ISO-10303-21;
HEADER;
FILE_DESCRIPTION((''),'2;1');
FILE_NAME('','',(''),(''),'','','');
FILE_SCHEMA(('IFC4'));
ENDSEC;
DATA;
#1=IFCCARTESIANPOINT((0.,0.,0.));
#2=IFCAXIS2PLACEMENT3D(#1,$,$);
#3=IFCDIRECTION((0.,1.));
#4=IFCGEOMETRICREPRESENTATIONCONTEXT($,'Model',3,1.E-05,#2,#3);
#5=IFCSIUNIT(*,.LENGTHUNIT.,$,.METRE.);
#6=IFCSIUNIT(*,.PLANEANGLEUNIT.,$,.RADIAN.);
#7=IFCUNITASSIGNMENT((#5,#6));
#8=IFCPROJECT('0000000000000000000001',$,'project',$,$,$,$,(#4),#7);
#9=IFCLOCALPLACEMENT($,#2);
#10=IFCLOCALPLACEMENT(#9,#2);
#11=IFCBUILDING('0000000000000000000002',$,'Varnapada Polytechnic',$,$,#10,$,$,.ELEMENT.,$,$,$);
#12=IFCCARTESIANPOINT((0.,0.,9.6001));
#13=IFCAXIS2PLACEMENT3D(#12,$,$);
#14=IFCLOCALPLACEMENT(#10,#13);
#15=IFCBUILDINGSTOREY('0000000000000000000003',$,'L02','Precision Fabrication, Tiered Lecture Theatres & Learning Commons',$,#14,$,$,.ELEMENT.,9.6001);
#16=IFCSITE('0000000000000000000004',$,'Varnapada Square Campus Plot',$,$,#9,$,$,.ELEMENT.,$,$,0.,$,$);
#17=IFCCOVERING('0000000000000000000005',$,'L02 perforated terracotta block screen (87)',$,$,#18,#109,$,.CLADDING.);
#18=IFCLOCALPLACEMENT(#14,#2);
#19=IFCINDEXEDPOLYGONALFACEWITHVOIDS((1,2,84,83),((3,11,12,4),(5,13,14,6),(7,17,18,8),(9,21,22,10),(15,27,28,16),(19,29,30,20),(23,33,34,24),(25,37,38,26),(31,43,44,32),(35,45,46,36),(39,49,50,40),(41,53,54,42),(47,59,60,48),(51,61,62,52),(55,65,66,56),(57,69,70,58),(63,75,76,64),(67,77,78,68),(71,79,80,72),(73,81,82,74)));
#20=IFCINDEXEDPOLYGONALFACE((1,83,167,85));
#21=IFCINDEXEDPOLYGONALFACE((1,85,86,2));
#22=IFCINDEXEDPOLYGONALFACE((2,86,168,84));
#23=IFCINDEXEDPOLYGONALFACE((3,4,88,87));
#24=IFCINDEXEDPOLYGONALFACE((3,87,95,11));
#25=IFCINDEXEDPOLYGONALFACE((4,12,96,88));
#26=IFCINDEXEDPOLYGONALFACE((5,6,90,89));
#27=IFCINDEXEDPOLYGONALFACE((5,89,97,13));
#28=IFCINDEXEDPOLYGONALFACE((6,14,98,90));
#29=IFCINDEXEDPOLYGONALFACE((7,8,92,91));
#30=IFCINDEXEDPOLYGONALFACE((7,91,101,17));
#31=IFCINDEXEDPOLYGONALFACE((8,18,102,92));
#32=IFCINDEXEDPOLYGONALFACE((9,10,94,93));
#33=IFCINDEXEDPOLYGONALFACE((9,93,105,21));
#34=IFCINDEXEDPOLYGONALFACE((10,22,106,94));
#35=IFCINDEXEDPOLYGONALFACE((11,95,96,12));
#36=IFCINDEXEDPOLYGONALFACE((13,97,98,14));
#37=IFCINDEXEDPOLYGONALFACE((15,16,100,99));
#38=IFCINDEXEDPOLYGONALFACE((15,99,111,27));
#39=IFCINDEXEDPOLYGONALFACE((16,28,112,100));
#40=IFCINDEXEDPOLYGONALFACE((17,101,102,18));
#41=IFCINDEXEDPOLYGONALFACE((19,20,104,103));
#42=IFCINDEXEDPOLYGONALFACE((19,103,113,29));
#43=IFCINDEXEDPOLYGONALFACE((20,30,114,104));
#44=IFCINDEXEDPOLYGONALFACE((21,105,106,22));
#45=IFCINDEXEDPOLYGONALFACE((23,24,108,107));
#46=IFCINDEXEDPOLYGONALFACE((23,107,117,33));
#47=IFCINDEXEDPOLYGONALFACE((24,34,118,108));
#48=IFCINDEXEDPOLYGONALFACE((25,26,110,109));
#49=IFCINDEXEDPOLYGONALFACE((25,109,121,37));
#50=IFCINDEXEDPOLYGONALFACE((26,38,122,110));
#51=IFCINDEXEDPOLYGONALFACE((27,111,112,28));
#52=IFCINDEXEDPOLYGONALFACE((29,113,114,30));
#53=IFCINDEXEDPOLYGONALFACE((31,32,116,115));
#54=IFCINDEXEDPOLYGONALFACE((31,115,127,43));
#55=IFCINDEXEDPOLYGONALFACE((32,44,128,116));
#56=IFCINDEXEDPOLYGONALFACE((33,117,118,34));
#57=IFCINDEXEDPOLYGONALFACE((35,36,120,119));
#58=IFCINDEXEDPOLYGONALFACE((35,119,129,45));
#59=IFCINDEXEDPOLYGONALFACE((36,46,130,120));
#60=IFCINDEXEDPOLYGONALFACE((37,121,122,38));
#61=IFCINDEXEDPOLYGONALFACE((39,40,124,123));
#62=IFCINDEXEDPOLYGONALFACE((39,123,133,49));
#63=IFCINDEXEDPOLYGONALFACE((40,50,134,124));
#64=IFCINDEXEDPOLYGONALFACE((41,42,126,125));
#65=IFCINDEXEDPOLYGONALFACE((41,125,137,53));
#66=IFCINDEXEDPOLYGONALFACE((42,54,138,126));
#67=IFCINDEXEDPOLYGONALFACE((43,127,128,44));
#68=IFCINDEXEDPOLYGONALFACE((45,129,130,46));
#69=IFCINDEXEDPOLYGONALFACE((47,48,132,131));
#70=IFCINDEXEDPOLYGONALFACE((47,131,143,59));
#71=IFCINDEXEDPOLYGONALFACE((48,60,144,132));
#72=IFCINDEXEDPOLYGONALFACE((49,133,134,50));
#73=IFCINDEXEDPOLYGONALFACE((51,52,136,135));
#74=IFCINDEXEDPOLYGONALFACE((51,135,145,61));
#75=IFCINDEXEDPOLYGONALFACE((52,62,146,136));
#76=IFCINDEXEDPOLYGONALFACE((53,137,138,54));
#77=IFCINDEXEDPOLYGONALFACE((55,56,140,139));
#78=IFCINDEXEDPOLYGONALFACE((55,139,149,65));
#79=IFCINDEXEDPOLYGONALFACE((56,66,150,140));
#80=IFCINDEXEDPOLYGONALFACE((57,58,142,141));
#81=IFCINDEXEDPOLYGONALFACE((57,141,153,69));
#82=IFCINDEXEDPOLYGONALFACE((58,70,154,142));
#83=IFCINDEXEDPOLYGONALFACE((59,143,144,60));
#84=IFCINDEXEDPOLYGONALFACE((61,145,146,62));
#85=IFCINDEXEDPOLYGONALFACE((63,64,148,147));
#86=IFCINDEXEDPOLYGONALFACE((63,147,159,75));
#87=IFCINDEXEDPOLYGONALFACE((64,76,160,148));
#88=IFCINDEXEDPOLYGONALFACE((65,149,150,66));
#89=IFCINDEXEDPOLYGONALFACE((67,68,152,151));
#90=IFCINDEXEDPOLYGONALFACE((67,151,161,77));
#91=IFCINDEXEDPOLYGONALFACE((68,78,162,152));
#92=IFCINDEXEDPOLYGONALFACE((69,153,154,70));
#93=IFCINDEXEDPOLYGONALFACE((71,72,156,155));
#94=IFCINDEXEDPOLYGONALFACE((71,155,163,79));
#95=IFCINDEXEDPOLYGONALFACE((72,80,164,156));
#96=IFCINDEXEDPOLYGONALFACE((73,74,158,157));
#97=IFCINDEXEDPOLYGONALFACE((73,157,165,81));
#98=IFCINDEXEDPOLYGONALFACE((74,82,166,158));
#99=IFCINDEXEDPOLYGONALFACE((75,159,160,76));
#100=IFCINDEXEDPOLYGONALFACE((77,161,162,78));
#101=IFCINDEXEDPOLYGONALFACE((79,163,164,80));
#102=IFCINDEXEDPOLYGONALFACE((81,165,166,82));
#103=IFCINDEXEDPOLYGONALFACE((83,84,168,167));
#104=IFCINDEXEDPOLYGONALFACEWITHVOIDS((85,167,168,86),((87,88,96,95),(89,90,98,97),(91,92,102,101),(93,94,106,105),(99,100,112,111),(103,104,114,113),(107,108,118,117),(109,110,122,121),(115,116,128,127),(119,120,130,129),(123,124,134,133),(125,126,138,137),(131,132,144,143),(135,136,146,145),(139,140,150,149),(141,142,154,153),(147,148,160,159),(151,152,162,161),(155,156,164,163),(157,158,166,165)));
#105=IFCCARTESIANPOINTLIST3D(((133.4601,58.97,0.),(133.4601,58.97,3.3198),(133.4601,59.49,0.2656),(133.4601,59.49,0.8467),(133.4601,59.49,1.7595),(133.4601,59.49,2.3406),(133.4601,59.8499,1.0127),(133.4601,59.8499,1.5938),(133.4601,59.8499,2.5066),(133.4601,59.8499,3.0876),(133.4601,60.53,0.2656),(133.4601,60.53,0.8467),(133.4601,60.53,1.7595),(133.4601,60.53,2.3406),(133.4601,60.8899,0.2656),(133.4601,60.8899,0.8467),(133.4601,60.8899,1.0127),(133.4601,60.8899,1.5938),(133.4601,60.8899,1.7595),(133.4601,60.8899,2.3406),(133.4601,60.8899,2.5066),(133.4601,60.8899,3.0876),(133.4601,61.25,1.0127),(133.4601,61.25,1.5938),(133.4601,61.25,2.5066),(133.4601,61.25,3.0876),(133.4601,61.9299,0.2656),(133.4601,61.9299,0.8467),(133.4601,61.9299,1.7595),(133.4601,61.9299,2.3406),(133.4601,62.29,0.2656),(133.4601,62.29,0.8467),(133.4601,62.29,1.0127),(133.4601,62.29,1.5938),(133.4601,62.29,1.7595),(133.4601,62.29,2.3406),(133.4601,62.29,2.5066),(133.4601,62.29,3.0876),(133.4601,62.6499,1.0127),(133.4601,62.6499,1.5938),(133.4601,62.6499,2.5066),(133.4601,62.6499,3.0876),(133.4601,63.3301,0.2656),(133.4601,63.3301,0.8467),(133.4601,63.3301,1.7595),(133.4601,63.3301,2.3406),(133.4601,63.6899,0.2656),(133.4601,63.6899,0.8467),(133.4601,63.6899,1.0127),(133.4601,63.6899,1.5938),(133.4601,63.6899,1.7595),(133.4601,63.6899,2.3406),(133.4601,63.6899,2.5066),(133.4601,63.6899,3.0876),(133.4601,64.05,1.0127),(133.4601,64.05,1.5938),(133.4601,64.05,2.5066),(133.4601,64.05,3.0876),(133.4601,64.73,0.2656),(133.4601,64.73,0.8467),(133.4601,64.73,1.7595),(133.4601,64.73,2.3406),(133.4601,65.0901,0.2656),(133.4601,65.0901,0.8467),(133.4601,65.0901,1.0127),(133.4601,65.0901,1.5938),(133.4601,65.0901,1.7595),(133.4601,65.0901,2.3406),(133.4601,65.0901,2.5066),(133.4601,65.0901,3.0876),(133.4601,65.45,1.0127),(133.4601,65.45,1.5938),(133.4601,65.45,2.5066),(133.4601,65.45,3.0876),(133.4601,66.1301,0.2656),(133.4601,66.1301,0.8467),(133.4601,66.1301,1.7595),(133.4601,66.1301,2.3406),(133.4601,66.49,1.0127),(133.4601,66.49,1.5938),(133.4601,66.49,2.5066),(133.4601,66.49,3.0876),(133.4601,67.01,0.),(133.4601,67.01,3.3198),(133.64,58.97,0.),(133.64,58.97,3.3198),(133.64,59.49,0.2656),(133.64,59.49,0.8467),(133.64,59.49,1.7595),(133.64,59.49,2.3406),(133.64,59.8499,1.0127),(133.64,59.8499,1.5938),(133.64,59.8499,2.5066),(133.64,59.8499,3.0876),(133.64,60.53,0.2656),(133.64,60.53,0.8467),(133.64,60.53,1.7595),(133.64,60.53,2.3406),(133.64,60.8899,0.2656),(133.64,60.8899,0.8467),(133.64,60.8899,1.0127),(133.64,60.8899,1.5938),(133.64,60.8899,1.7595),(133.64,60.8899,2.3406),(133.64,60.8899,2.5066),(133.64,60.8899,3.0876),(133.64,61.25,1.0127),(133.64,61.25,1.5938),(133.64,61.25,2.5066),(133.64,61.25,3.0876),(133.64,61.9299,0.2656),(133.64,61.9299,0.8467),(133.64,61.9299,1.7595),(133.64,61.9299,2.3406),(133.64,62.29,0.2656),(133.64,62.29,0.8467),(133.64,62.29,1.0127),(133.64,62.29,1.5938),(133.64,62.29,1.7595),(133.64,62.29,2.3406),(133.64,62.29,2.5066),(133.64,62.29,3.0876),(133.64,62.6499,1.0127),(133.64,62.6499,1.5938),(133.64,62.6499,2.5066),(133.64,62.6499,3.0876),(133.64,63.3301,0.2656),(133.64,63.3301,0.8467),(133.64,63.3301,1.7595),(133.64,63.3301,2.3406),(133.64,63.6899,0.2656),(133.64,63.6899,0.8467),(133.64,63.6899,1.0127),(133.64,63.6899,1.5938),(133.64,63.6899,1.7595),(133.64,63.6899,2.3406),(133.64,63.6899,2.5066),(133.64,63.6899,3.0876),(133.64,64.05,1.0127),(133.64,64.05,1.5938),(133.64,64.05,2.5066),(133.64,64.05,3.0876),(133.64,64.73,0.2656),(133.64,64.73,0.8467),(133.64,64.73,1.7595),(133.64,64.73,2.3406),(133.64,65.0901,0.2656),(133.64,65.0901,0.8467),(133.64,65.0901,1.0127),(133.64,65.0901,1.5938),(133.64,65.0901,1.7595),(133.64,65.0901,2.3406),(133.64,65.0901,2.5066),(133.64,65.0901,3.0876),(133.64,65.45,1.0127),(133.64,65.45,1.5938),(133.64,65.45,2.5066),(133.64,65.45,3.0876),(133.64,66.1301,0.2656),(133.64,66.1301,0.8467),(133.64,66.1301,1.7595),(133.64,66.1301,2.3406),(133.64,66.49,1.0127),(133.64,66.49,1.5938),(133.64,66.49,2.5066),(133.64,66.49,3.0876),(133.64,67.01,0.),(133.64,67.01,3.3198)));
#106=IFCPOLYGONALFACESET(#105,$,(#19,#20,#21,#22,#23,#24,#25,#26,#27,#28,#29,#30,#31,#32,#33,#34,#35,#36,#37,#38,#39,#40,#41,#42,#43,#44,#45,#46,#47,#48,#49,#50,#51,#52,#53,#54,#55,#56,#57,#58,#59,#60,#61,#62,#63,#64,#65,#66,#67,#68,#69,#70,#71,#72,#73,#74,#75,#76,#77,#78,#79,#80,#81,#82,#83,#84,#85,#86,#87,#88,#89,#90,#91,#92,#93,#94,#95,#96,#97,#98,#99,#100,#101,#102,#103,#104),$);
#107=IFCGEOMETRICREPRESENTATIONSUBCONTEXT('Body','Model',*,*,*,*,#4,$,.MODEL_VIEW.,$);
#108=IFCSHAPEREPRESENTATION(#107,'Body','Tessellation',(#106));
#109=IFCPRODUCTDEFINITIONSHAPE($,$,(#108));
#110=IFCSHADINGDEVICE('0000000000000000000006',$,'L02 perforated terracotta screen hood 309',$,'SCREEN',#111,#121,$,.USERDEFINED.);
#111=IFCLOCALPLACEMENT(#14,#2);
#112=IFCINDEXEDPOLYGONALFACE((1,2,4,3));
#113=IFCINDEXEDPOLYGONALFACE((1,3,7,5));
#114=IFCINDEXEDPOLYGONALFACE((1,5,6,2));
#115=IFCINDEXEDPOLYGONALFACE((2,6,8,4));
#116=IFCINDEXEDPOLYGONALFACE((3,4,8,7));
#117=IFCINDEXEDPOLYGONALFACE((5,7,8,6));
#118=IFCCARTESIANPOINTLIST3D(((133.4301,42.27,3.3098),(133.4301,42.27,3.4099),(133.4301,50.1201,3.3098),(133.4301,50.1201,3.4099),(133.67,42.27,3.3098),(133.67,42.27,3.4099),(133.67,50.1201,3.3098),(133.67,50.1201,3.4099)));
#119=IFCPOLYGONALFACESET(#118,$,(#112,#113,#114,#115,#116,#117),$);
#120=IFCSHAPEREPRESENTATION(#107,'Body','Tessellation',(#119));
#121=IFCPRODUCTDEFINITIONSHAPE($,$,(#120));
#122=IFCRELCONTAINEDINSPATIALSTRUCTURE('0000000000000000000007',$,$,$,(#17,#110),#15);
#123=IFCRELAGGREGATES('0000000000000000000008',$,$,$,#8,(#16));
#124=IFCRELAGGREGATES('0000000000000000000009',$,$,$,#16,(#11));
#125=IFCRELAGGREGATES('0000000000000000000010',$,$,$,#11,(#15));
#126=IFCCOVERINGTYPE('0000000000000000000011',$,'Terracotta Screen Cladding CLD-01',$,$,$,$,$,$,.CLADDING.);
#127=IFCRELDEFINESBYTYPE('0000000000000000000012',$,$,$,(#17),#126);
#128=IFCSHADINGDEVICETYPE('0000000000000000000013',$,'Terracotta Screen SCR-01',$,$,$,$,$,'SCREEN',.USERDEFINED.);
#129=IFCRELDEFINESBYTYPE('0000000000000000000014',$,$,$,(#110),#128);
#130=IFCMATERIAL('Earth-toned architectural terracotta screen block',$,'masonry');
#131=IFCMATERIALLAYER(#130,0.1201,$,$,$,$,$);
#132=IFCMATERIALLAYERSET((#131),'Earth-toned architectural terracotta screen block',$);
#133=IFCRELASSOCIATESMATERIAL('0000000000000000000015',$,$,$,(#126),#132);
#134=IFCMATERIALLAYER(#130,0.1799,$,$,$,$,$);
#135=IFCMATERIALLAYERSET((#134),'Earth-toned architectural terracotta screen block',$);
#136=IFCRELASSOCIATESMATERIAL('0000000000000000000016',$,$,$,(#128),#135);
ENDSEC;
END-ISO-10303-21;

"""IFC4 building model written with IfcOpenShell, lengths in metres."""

from ifc_helpers import new_model, si_unit, direction, frame, frame_2d, origin, origin_2d, place, context, subcontext, project, spatial, rectangle, extrude, material, layer, layer_set, type_object, element, save


model = new_model("IFC4")

# Units and contexts
model_context = context("Model", 3, precision=1e-05, world=origin(), true_north=direction((0.0, 1.0)))
body_context = subcontext(model_context, "Body", "Model", "MODEL_VIEW")
ifc_project = project(units=[si_unit("LENGTHUNIT", "METRE"), si_unit("PLANEANGLEUNIT", "RADIAN")], contexts=[model_context])

# Site, building, storey
site_placement = place(None, origin())
site = spatial("IfcSite", under=ifc_project, at=site_placement, Name="Varnapada Square Campus Plot", CompositionType="ELEMENT", RefElevation=0.0)
building_placement = place(site_placement, origin())
building = spatial("IfcBuilding", under=site, at=building_placement, Name="Varnapada Polytechnic", CompositionType="ELEMENT")
storey_placement = place(building_placement, frame((0.0, 0.0, 9.6001)))
storey = spatial("IfcBuildingStorey", under=building, at=storey_placement, Name="L02", Description="Precision Fabrication, Tiered Lecture Theatres & Learning Commons", CompositionType="ELEMENT", Elevation=9.6001)

# Covering, openings
ifc_material_1 = material(Name="Earth-toned architectural terracotta screen block", Category="masonry")
ifc_layer_1 = layer(ifc_material_1, 0.1201)
ifc_layer_set_1 = layer_set([ifc_layer_1], Name="Earth-toned architectural terracotta screen block")
covering_type = type_object("IfcCoveringType", Name="Terracotta Screen Cladding CLD-01", PredefinedType="CLADDING", material=ifc_layer_set_1)
covering_placement = place(storey_placement, frame((133.55, 58.97, 0.0), z_axis=(0.0, 0.0, 1.0), x_axis=(0.0, 1.0, 0.0)))
covering = element("IfcCovering", 1, at=covering_placement, inside=storey, type_object=covering_type, Name="L02 perforated terracotta block screen (87)", PredefinedType="CLADDING", context=body_context, shape_type="SweptSolid", body=[
    extrude(rectangle(XDim=8.04, YDim=0.1799, at=frame_2d((4.02, 0.0))), origin(), (0.0, 0.0, 1.0), 3.3198),
])
opening_1_placement = place(covering_placement, frame((0.52, 0.0, 0.2656)))
element("IfcOpeningElement", 2, at=opening_1_placement, cuts=covering, PredefinedType="OPENING", context=body_context, shape_type="SweptSolid", body=[
    extrude(rectangle(XDim=1.04, YDim=0.5811, at=frame_2d((0.52, 0.2905))), frame((0.0, 0.0999, 0.0), z_axis=(0.0, -1.0, 0.0), x_axis=(1.0, 0.0, 0.0)), (0.0, 0.0, 1.0), 0.2),
])
opening_2_placement = place(covering_placement, frame((1.9199, 0.0, 0.2656)))
element("IfcOpeningElement", 3, at=opening_2_placement, cuts=covering, PredefinedType="OPENING", context=body_context, shape_type="SweptSolid", body=[
    extrude(rectangle(XDim=1.04, YDim=0.5811, at=frame_2d((0.52, 0.2905))), frame((0.0, 0.0999, 0.0), z_axis=(0.0, -1.0, 0.0), x_axis=(1.0, 0.0, 0.0)), (0.0, 0.0, 1.0), 0.2),
])
opening_3_placement = place(covering_placement, frame((3.3201, 0.0, 0.2656)))
element("IfcOpeningElement", 4, at=opening_3_placement, cuts=covering, PredefinedType="OPENING", context=body_context, shape_type="SweptSolid", body=[
    extrude(rectangle(XDim=1.04, YDim=0.5811, at=frame_2d((0.52, 0.2905))), frame((0.0, 0.0999, 0.0), z_axis=(0.0, -1.0, 0.0), x_axis=(1.0, 0.0, 0.0)), (0.0, 0.0, 1.0), 0.2),
])
opening_4_placement = place(covering_placement, frame((4.72, 0.0, 0.2656)))
element("IfcOpeningElement", 5, at=opening_4_placement, cuts=covering, PredefinedType="OPENING", context=body_context, shape_type="SweptSolid", body=[
    extrude(rectangle(XDim=1.04, YDim=0.5811, at=frame_2d((0.52, 0.2905))), frame((0.0, 0.0999, 0.0), z_axis=(0.0, -1.0, 0.0), x_axis=(1.0, 0.0, 0.0)), (0.0, 0.0, 1.0), 0.2),
])
opening_5_placement = place(covering_placement, frame((6.1201, 0.0, 0.2656)))
element("IfcOpeningElement", 6, at=opening_5_placement, cuts=covering, PredefinedType="OPENING", context=body_context, shape_type="SweptSolid", body=[
    extrude(rectangle(XDim=1.04, YDim=0.5811, at=frame_2d((0.52, 0.2905))), frame((0.0, 0.0999, 0.0), z_axis=(0.0, -1.0, 0.0), x_axis=(1.0, 0.0, 0.0)), (0.0, 0.0, 1.0), 0.2),
])
opening_6_placement = place(covering_placement, frame((0.8799, 0.0, 1.0127)))
element("IfcOpeningElement", 7, at=opening_6_placement, cuts=covering, PredefinedType="OPENING", context=body_context, shape_type="SweptSolid", body=[
    extrude(rectangle(XDim=1.04, YDim=0.5811, at=frame_2d((0.52, 0.2905))), frame((0.0, 0.0999, 0.0), z_axis=(0.0, -1.0, 0.0), x_axis=(1.0, 0.0, 0.0)), (0.0, 0.0, 1.0), 0.2),
])
opening_7_placement = place(covering_placement, frame((2.28, 0.0, 1.0127)))
element("IfcOpeningElement", 8, at=opening_7_placement, cuts=covering, PredefinedType="OPENING", context=body_context, shape_type="SweptSolid", body=[
    extrude(rectangle(XDim=1.04, YDim=0.5811, at=frame_2d((0.52, 0.2905))), frame((0.0, 0.0999, 0.0), z_axis=(0.0, -1.0, 0.0), x_axis=(1.0, 0.0, 0.0)), (0.0, 0.0, 1.0), 0.2),
])
opening_8_placement = place(covering_placement, frame((3.6799, 0.0, 1.0127)))
element("IfcOpeningElement", 9, at=opening_8_placement, cuts=covering, PredefinedType="OPENING", context=body_context, shape_type="SweptSolid", body=[
    extrude(rectangle(XDim=1.04, YDim=0.5811, at=frame_2d((0.52, 0.2905))), frame((0.0, 0.0999, 0.0), z_axis=(0.0, -1.0, 0.0), x_axis=(1.0, 0.0, 0.0)), (0.0, 0.0, 1.0), 0.2),
])
opening_9_placement = place(covering_placement, frame((5.0801, 0.0, 1.0127)))
element("IfcOpeningElement", 10, at=opening_9_placement, cuts=covering, PredefinedType="OPENING", context=body_context, shape_type="SweptSolid", body=[
    extrude(rectangle(XDim=1.04, YDim=0.5811, at=frame_2d((0.52, 0.2905))), frame((0.0, 0.0999, 0.0), z_axis=(0.0, -1.0, 0.0), x_axis=(1.0, 0.0, 0.0)), (0.0, 0.0, 1.0), 0.2),
])
opening_10_placement = place(covering_placement, frame((6.48, 0.0, 1.0127)))
element("IfcOpeningElement", 11, at=opening_10_placement, cuts=covering, PredefinedType="OPENING", context=body_context, shape_type="SweptSolid", body=[
    extrude(rectangle(XDim=1.04, YDim=0.5811, at=frame_2d((0.52, 0.2905))), frame((0.0, 0.0999, 0.0), z_axis=(0.0, -1.0, 0.0), x_axis=(1.0, 0.0, 0.0)), (0.0, 0.0, 1.0), 0.2),
])
opening_11_placement = place(covering_placement, frame((0.52, 0.0, 1.7595)))
element("IfcOpeningElement", 12, at=opening_11_placement, cuts=covering, PredefinedType="OPENING", context=body_context, shape_type="SweptSolid", body=[
    extrude(rectangle(XDim=1.04, YDim=0.5811, at=frame_2d((0.52, 0.2905))), frame((0.0, 0.0999, 0.0), z_axis=(0.0, -1.0, 0.0), x_axis=(1.0, 0.0, 0.0)), (0.0, 0.0, 1.0), 0.2),
])
opening_12_placement = place(covering_placement, frame((1.9199, 0.0, 1.7595)))
element("IfcOpeningElement", 13, at=opening_12_placement, cuts=covering, PredefinedType="OPENING", context=body_context, shape_type="SweptSolid", body=[
    extrude(rectangle(XDim=1.04, YDim=0.5811, at=frame_2d((0.52, 0.2905))), frame((0.0, 0.0999, 0.0), z_axis=(0.0, -1.0, 0.0), x_axis=(1.0, 0.0, 0.0)), (0.0, 0.0, 1.0), 0.2),
])
opening_13_placement = place(covering_placement, frame((3.3201, 0.0, 1.7595)))
element("IfcOpeningElement", 14, at=opening_13_placement, cuts=covering, PredefinedType="OPENING", context=body_context, shape_type="SweptSolid", body=[
    extrude(rectangle(XDim=1.04, YDim=0.5811, at=frame_2d((0.52, 0.2905))), frame((0.0, 0.0999, 0.0), z_axis=(0.0, -1.0, 0.0), x_axis=(1.0, 0.0, 0.0)), (0.0, 0.0, 1.0), 0.2),
])
opening_14_placement = place(covering_placement, frame((4.72, 0.0, 1.7595)))
element("IfcOpeningElement", 15, at=opening_14_placement, cuts=covering, PredefinedType="OPENING", context=body_context, shape_type="SweptSolid", body=[
    extrude(rectangle(XDim=1.04, YDim=0.5811, at=frame_2d((0.52, 0.2905))), frame((0.0, 0.0999, 0.0), z_axis=(0.0, -1.0, 0.0), x_axis=(1.0, 0.0, 0.0)), (0.0, 0.0, 1.0), 0.2),
])
opening_15_placement = place(covering_placement, frame((6.1201, 0.0, 1.7595)))
element("IfcOpeningElement", 16, at=opening_15_placement, cuts=covering, PredefinedType="OPENING", context=body_context, shape_type="SweptSolid", body=[
    extrude(rectangle(XDim=1.04, YDim=0.5811, at=frame_2d((0.52, 0.2905))), frame((0.0, 0.0999, 0.0), z_axis=(0.0, -1.0, 0.0), x_axis=(1.0, 0.0, 0.0)), (0.0, 0.0, 1.0), 0.2),
])
opening_16_placement = place(covering_placement, frame((0.8799, 0.0, 2.5066)))
element("IfcOpeningElement", 17, at=opening_16_placement, cuts=covering, PredefinedType="OPENING", context=body_context, shape_type="SweptSolid", body=[
    extrude(rectangle(XDim=1.04, YDim=0.5811, at=frame_2d((0.52, 0.2905))), frame((0.0, 0.0999, 0.0), z_axis=(0.0, -1.0, 0.0), x_axis=(1.0, 0.0, 0.0)), (0.0, 0.0, 1.0), 0.2),
])
opening_17_placement = place(covering_placement, frame((2.28, 0.0, 2.5066)))
element("IfcOpeningElement", 18, at=opening_17_placement, cuts=covering, PredefinedType="OPENING", context=body_context, shape_type="SweptSolid", body=[
    extrude(rectangle(XDim=1.04, YDim=0.5811, at=frame_2d((0.52, 0.2905))), frame((0.0, 0.0999, 0.0), z_axis=(0.0, -1.0, 0.0), x_axis=(1.0, 0.0, 0.0)), (0.0, 0.0, 1.0), 0.2),
])
opening_18_placement = place(covering_placement, frame((3.6799, 0.0, 2.5066)))
element("IfcOpeningElement", 19, at=opening_18_placement, cuts=covering, PredefinedType="OPENING", context=body_context, shape_type="SweptSolid", body=[
    extrude(rectangle(XDim=1.04, YDim=0.5811, at=frame_2d((0.52, 0.2905))), frame((0.0, 0.0999, 0.0), z_axis=(0.0, -1.0, 0.0), x_axis=(1.0, 0.0, 0.0)), (0.0, 0.0, 1.0), 0.2),
])
opening_19_placement = place(covering_placement, frame((5.0801, 0.0, 2.5066)))
element("IfcOpeningElement", 20, at=opening_19_placement, cuts=covering, PredefinedType="OPENING", context=body_context, shape_type="SweptSolid", body=[
    extrude(rectangle(XDim=1.04, YDim=0.5811, at=frame_2d((0.52, 0.2905))), frame((0.0, 0.0999, 0.0), z_axis=(0.0, -1.0, 0.0), x_axis=(1.0, 0.0, 0.0)), (0.0, 0.0, 1.0), 0.2),
])
opening_20_placement = place(covering_placement, frame((6.48, 0.0, 2.5066)))
element("IfcOpeningElement", 21, at=opening_20_placement, cuts=covering, PredefinedType="OPENING", context=body_context, shape_type="SweptSolid", body=[
    extrude(rectangle(XDim=1.04, YDim=0.5811, at=frame_2d((0.52, 0.2905))), frame((0.0, 0.0999, 0.0), z_axis=(0.0, -1.0, 0.0), x_axis=(1.0, 0.0, 0.0)), (0.0, 0.0, 1.0), 0.2),
])

# Shading device
ifc_layer_2 = layer(ifc_material_1, 0.1799)
ifc_layer_set_2 = layer_set([ifc_layer_2], Name="Earth-toned architectural terracotta screen block")
shading_device_type = type_object("IfcShadingDeviceType", Name="Terracotta Screen SCR-01", ElementType="SCREEN", PredefinedType="USERDEFINED", material=ifc_layer_set_2)
shading_device_1_placement = place(storey_placement, frame((133.55, 46.1951, 3.3098), z_axis=(0.0, 0.0, 1.0), x_axis=(0.0, 1.0, 0.0)))
element("IfcShadingDevice", 22, at=shading_device_1_placement, inside=storey, type_object=shading_device_type, Name="L02 perforated terracotta screen hood 309", ObjectType="SCREEN", PredefinedType="USERDEFINED", context=body_context, shape_type="SweptSolid", body=[
    extrude(rectangle(XDim=7.8501, YDim=0.24, at=origin_2d()), origin(), (0.0, 0.0, 1.0), 0.1001),
])

save(model, "model.ifc")
